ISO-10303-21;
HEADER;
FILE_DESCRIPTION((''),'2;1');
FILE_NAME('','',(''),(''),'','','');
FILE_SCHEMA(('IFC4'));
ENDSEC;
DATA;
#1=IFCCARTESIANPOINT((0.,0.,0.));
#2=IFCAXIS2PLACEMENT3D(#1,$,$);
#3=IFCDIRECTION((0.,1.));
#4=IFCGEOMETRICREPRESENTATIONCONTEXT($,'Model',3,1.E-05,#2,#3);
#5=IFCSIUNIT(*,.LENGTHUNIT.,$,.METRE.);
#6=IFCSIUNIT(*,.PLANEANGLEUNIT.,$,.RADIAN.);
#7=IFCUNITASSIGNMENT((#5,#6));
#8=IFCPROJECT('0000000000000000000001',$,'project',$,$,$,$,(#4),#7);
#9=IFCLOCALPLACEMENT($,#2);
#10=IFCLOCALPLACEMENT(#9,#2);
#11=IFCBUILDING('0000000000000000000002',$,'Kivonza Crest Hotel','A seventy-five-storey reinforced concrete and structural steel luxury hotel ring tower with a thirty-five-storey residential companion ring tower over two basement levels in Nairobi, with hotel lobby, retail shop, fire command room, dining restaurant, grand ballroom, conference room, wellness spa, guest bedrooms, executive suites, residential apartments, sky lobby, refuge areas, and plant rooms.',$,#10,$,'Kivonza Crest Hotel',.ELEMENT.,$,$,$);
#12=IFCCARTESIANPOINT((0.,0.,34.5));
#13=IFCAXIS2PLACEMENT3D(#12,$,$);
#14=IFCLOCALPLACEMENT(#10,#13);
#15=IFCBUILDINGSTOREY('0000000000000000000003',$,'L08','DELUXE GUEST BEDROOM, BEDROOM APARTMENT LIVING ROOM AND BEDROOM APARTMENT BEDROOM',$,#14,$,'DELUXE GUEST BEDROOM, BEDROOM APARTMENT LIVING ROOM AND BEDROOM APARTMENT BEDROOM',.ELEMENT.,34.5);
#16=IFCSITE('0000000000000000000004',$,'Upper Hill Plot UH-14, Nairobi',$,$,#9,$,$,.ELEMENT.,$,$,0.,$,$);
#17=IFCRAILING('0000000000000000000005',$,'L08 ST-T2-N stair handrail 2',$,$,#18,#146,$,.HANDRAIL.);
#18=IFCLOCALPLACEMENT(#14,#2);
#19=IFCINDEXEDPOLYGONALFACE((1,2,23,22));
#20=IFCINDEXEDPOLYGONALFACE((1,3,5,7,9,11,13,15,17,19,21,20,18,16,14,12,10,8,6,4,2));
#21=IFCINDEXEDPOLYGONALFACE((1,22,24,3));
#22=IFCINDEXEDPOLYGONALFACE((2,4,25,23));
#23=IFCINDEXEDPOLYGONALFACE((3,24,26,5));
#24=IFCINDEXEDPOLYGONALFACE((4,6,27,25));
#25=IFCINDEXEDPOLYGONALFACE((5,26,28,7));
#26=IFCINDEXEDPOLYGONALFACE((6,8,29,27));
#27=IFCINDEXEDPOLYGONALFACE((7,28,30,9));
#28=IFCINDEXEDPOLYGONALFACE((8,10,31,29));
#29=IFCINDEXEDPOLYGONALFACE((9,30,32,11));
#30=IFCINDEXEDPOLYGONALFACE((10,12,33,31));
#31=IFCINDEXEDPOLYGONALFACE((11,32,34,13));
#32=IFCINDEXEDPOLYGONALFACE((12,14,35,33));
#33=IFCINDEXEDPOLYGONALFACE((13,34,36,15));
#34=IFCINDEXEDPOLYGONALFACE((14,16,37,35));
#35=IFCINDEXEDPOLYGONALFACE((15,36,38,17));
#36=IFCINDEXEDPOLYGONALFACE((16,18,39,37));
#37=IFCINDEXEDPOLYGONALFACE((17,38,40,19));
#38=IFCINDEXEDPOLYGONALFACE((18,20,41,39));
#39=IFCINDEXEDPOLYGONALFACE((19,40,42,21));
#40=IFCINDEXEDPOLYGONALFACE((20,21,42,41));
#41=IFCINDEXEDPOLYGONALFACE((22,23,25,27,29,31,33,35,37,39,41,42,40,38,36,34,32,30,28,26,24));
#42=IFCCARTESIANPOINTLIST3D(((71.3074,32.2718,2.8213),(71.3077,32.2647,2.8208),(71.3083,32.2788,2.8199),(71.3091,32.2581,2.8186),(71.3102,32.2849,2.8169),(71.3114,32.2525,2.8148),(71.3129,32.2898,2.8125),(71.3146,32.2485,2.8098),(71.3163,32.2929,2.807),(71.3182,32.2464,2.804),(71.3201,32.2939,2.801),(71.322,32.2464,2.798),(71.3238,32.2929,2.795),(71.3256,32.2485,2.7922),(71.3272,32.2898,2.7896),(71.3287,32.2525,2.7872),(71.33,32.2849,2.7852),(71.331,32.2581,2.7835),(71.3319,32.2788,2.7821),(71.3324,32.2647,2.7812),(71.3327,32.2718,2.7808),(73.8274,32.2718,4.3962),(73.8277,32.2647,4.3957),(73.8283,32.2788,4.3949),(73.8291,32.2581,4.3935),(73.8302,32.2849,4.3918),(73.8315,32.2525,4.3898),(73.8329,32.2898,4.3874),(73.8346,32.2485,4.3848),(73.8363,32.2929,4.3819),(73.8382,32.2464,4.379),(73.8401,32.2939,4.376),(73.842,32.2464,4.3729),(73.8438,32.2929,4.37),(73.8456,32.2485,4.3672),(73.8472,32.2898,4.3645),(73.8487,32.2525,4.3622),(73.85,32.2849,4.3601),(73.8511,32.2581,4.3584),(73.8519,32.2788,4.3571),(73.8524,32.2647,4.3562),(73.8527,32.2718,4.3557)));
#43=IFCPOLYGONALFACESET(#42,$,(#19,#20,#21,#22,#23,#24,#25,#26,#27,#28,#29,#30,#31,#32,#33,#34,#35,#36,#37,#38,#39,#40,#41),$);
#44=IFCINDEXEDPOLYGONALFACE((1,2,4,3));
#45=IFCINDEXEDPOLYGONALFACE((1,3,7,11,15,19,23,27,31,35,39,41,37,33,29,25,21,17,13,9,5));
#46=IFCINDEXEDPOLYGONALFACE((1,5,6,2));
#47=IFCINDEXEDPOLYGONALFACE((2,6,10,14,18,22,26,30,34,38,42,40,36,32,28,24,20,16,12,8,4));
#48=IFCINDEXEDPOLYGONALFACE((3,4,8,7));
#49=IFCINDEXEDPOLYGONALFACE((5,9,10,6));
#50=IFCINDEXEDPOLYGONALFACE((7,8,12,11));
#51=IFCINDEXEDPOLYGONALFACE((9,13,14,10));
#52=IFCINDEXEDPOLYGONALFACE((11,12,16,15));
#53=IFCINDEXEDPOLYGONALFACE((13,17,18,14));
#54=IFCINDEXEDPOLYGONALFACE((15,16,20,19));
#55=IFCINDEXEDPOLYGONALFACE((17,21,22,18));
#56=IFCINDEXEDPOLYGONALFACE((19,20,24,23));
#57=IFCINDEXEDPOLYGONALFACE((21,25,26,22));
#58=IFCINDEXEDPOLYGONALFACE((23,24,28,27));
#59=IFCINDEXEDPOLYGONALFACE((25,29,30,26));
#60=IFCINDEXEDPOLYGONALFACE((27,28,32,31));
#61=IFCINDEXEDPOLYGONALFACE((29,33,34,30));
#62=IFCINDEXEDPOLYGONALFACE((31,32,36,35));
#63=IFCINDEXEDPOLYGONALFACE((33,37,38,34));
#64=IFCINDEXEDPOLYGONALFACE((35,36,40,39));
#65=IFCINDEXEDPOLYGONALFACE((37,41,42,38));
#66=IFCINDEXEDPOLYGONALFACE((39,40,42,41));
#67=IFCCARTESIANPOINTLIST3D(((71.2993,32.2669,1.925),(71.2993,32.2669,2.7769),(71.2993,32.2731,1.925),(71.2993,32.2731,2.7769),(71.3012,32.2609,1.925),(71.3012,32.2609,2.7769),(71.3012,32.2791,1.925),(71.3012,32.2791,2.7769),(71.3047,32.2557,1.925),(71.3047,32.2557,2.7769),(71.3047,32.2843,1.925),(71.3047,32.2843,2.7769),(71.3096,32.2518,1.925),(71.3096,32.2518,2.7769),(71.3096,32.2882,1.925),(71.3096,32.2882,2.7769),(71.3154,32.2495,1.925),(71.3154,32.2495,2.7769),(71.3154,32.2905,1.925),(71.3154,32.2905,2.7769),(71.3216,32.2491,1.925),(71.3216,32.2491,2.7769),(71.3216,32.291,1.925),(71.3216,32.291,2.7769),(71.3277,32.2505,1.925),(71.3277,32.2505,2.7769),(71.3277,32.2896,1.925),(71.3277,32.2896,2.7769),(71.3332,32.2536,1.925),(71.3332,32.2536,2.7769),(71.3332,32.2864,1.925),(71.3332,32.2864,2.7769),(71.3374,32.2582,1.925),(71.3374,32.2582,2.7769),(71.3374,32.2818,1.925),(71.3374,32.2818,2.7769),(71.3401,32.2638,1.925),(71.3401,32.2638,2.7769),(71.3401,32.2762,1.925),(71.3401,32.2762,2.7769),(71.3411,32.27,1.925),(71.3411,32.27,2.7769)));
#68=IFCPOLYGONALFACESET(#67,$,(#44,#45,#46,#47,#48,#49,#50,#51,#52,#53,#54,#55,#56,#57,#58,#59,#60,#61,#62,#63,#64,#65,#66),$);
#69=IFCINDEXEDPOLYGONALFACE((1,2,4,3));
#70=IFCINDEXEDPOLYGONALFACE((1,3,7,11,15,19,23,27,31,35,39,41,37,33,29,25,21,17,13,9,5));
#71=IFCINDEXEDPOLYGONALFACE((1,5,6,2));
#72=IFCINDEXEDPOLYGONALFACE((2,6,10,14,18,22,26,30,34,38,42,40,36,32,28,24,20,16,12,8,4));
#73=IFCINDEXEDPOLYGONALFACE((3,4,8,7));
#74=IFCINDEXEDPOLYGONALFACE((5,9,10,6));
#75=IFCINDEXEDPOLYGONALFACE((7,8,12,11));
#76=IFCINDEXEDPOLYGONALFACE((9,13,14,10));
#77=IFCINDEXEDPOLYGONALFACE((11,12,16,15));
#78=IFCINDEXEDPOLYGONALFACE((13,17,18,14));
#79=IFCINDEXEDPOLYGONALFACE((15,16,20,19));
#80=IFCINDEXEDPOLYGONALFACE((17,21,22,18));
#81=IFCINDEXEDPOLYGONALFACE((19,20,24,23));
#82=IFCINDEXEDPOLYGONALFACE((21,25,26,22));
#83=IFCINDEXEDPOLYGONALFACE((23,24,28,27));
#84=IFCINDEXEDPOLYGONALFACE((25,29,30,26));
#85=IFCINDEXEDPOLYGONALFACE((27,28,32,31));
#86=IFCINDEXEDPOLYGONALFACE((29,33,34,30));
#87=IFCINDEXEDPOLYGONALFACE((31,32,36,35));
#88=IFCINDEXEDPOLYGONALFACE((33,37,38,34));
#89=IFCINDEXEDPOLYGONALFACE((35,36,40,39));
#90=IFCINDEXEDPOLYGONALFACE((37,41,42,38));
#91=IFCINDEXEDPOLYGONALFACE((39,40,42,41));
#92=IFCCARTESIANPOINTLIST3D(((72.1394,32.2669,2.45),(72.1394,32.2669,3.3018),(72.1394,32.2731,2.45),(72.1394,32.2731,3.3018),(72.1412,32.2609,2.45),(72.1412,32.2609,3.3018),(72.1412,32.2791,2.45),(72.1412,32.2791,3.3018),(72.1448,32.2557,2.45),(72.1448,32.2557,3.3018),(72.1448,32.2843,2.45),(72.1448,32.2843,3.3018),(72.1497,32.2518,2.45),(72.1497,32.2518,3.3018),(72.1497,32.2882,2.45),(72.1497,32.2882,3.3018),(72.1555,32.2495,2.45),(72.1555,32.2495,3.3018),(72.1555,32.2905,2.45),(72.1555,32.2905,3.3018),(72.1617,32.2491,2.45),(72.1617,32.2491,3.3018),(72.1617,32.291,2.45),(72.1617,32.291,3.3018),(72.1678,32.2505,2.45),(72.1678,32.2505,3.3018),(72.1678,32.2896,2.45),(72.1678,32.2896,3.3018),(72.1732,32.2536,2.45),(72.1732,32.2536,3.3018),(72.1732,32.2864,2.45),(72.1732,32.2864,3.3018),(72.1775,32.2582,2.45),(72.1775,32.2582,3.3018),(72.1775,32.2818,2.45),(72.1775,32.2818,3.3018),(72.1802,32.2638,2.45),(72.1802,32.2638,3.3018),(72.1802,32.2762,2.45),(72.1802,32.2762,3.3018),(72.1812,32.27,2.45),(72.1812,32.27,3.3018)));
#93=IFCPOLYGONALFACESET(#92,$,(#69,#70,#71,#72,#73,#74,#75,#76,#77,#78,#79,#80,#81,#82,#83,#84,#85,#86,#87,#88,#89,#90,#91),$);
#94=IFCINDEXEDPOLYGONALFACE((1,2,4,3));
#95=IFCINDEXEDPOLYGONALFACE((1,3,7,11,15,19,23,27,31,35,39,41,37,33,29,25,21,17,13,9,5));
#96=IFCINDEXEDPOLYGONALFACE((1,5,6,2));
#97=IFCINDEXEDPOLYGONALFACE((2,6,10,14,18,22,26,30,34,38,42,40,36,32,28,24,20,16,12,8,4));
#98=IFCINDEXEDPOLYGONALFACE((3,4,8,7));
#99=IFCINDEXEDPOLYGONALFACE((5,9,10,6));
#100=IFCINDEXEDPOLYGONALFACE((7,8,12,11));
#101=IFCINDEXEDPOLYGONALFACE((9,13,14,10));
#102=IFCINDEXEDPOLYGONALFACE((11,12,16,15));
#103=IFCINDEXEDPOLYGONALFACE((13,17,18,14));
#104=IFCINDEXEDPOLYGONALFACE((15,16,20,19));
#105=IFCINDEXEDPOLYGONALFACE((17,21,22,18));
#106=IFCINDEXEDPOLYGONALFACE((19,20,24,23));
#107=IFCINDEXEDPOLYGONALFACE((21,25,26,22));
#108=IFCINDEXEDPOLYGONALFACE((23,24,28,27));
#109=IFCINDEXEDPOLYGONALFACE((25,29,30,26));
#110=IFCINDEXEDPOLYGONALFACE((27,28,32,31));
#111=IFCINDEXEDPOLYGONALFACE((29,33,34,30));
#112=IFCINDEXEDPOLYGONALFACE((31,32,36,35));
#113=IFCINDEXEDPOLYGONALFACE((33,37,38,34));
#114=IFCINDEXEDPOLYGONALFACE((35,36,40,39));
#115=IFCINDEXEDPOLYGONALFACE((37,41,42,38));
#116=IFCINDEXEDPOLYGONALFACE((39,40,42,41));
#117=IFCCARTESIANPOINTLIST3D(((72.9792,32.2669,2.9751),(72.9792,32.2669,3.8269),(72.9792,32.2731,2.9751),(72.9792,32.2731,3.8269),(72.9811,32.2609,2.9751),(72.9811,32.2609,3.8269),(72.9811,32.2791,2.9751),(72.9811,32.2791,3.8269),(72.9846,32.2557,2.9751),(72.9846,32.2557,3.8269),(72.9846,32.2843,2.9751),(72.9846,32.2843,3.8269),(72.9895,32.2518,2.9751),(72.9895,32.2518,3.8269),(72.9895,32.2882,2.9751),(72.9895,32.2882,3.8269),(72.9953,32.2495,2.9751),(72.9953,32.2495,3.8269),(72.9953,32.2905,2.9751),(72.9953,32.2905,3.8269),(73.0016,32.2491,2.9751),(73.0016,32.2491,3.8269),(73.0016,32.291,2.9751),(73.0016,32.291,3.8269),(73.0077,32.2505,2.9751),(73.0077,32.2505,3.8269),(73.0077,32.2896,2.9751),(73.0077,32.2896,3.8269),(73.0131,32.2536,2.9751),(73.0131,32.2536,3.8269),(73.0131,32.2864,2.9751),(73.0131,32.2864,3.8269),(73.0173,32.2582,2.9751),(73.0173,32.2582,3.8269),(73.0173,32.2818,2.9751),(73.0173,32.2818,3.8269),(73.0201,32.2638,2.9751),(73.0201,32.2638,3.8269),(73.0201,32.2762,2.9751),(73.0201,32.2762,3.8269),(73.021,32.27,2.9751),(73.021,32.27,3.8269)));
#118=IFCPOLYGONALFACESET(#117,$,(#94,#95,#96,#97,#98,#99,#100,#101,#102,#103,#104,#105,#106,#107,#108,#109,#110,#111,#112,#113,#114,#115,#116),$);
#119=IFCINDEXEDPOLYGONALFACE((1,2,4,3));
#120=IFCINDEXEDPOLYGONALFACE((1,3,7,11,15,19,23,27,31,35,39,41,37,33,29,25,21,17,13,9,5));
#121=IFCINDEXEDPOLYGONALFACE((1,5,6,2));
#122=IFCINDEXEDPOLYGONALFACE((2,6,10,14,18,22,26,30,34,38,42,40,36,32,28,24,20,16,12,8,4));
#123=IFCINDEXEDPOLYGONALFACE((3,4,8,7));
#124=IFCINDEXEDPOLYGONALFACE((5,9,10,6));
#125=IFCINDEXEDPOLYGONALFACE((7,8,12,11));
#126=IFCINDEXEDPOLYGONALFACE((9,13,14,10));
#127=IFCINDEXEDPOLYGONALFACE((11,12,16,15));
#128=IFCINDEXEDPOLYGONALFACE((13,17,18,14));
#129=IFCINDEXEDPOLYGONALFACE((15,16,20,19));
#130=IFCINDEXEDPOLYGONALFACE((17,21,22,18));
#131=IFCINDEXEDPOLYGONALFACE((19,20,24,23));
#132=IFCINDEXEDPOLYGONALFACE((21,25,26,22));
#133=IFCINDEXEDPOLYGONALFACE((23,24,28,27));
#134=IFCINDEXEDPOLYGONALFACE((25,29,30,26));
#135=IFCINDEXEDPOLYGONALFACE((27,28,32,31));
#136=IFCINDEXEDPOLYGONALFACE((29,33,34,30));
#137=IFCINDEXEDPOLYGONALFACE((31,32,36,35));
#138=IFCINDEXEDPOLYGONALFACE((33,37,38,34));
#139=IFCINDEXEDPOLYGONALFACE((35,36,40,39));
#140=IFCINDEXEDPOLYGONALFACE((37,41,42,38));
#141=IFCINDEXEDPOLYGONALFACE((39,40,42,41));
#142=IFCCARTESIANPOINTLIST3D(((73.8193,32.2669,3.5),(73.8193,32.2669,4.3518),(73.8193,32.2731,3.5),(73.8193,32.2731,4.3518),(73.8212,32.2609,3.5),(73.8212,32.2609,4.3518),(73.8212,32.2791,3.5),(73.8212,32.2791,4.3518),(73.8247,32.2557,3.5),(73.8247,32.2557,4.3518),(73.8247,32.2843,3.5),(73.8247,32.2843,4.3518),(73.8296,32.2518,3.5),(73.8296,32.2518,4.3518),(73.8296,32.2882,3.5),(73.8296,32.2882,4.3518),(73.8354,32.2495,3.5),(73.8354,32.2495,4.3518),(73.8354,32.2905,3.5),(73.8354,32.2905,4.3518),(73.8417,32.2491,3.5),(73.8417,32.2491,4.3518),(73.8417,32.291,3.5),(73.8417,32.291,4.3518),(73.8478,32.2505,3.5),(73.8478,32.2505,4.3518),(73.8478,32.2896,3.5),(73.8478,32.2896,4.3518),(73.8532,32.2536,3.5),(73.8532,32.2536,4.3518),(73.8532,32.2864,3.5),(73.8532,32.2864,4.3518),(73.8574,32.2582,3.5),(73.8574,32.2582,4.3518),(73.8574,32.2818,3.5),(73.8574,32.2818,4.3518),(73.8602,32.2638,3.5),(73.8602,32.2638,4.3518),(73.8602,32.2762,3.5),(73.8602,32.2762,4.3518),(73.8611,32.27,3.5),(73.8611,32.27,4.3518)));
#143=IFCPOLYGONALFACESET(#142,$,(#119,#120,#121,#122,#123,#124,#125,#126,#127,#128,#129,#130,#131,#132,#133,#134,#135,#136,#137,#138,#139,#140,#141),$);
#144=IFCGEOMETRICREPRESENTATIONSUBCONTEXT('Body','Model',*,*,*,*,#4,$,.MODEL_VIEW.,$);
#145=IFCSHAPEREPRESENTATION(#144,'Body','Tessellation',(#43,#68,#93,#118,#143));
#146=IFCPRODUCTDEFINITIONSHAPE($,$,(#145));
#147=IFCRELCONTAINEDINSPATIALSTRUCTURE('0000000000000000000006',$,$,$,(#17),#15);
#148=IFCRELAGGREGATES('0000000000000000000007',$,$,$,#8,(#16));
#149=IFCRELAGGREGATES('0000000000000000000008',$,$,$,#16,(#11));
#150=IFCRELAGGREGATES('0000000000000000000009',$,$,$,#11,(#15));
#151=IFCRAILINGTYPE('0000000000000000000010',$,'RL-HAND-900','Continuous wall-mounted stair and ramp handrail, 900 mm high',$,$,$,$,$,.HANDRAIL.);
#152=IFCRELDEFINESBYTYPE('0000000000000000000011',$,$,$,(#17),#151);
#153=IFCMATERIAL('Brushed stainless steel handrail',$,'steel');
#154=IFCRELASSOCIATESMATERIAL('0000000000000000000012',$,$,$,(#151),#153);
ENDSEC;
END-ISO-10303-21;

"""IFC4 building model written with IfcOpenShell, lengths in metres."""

from ifc_helpers import new_model, si_unit, direction, frame, origin, origin_2d, place, context, subcontext, project, spatial, circle, extrude, material, type_object, element, save


model = new_model("IFC4")

# Units and contexts
model_context = context("Model", 3, precision=1e-05, world=origin(), true_north=direction((0.0, 1.0)))
body_context = subcontext(model_context, "Body", "Model", "MODEL_VIEW")
ifc_project = project(units=[si_unit("LENGTHUNIT", "METRE"), si_unit("PLANEANGLEUNIT", "RADIAN")], contexts=[model_context])

# Site, building, storey
site_placement = place(None, origin())
site = spatial("IfcSite", under=ifc_project, at=site_placement, Name="Upper Hill Plot UH-14, Nairobi", CompositionType="ELEMENT", RefElevation=0.0)
building_placement = place(site_placement, origin())
building = spatial("IfcBuilding", under=site, at=building_placement, Name="Kivonza Crest Hotel", Description="A seventy-five-storey reinforced concrete and structural steel luxury hotel ring tower with a thirty-five-storey residential companion ring tower over two basement levels in Nairobi, with hotel lobby, retail shop, fire command room, dining restaurant, grand ballroom, conference room, wellness spa, guest bedrooms, executive suites, residential apartments, sky lobby, refuge areas, and plant rooms.", LongName="Kivonza Crest Hotel", CompositionType="ELEMENT")
storey_placement = place(building_placement, frame((0.0, 0.0, 34.5)))
storey = spatial("IfcBuildingStorey", under=building, at=storey_placement, Name="L08", Description="DELUXE GUEST BEDROOM, BEDROOM APARTMENT LIVING ROOM AND BEDROOM APARTMENT BEDROOM", LongName="DELUXE GUEST BEDROOM, BEDROOM APARTMENT LIVING ROOM AND BEDROOM APARTMENT BEDROOM", CompositionType="ELEMENT", Elevation=34.5)

# Railing
ifc_material_1 = material(Name="Brushed stainless steel handrail", Category="steel")
railing_type_1 = type_object("IfcRailingType", Name="RL-HAND-900", Description="Continuous wall-mounted stair and ramp handrail, 900 mm high", PredefinedType="HANDRAIL", material=ifc_material_1)
railing_1_placement = place(storey_placement, frame((71.3201, 32.27, 1.925)))
element("IfcRailing", 1, at=railing_1_placement, inside=storey, type_object=railing_type_1, Name="L08 ST-T2-N stair handrail 2", PredefinedType="HANDRAIL", context=body_context, shape_type="SweptSolid", body=[
    extrude(circle(Radius=0.0239, at=origin_2d()), frame((0.0, 0.0, 0.876), z_axis=(0.848008, 0.0, 0.529984), x_axis=(0.0, 1.0, 0.0)), (0.0, 0.0, 1.0), 2.9717),
    extrude(circle(Radius=0.021, at=origin_2d()), origin(), (0.0, 0.0, 1.0), 0.8518),
    extrude(circle(Radius=0.021, at=origin_2d()), frame((0.8401, 0.0, 0.5249)), (0.0, 0.0, 1.0), 0.8518),
    extrude(circle(Radius=0.021, at=origin_2d()), frame((1.6799, 0.0, 1.05)), (0.0, 0.0, 1.0), 0.8518),
    extrude(circle(Radius=0.021, at=origin_2d()), frame((2.52, 0.0, 1.575)), (0.0, 0.0, 1.0), 0.8518),
])

save(model, "model.ifc")
